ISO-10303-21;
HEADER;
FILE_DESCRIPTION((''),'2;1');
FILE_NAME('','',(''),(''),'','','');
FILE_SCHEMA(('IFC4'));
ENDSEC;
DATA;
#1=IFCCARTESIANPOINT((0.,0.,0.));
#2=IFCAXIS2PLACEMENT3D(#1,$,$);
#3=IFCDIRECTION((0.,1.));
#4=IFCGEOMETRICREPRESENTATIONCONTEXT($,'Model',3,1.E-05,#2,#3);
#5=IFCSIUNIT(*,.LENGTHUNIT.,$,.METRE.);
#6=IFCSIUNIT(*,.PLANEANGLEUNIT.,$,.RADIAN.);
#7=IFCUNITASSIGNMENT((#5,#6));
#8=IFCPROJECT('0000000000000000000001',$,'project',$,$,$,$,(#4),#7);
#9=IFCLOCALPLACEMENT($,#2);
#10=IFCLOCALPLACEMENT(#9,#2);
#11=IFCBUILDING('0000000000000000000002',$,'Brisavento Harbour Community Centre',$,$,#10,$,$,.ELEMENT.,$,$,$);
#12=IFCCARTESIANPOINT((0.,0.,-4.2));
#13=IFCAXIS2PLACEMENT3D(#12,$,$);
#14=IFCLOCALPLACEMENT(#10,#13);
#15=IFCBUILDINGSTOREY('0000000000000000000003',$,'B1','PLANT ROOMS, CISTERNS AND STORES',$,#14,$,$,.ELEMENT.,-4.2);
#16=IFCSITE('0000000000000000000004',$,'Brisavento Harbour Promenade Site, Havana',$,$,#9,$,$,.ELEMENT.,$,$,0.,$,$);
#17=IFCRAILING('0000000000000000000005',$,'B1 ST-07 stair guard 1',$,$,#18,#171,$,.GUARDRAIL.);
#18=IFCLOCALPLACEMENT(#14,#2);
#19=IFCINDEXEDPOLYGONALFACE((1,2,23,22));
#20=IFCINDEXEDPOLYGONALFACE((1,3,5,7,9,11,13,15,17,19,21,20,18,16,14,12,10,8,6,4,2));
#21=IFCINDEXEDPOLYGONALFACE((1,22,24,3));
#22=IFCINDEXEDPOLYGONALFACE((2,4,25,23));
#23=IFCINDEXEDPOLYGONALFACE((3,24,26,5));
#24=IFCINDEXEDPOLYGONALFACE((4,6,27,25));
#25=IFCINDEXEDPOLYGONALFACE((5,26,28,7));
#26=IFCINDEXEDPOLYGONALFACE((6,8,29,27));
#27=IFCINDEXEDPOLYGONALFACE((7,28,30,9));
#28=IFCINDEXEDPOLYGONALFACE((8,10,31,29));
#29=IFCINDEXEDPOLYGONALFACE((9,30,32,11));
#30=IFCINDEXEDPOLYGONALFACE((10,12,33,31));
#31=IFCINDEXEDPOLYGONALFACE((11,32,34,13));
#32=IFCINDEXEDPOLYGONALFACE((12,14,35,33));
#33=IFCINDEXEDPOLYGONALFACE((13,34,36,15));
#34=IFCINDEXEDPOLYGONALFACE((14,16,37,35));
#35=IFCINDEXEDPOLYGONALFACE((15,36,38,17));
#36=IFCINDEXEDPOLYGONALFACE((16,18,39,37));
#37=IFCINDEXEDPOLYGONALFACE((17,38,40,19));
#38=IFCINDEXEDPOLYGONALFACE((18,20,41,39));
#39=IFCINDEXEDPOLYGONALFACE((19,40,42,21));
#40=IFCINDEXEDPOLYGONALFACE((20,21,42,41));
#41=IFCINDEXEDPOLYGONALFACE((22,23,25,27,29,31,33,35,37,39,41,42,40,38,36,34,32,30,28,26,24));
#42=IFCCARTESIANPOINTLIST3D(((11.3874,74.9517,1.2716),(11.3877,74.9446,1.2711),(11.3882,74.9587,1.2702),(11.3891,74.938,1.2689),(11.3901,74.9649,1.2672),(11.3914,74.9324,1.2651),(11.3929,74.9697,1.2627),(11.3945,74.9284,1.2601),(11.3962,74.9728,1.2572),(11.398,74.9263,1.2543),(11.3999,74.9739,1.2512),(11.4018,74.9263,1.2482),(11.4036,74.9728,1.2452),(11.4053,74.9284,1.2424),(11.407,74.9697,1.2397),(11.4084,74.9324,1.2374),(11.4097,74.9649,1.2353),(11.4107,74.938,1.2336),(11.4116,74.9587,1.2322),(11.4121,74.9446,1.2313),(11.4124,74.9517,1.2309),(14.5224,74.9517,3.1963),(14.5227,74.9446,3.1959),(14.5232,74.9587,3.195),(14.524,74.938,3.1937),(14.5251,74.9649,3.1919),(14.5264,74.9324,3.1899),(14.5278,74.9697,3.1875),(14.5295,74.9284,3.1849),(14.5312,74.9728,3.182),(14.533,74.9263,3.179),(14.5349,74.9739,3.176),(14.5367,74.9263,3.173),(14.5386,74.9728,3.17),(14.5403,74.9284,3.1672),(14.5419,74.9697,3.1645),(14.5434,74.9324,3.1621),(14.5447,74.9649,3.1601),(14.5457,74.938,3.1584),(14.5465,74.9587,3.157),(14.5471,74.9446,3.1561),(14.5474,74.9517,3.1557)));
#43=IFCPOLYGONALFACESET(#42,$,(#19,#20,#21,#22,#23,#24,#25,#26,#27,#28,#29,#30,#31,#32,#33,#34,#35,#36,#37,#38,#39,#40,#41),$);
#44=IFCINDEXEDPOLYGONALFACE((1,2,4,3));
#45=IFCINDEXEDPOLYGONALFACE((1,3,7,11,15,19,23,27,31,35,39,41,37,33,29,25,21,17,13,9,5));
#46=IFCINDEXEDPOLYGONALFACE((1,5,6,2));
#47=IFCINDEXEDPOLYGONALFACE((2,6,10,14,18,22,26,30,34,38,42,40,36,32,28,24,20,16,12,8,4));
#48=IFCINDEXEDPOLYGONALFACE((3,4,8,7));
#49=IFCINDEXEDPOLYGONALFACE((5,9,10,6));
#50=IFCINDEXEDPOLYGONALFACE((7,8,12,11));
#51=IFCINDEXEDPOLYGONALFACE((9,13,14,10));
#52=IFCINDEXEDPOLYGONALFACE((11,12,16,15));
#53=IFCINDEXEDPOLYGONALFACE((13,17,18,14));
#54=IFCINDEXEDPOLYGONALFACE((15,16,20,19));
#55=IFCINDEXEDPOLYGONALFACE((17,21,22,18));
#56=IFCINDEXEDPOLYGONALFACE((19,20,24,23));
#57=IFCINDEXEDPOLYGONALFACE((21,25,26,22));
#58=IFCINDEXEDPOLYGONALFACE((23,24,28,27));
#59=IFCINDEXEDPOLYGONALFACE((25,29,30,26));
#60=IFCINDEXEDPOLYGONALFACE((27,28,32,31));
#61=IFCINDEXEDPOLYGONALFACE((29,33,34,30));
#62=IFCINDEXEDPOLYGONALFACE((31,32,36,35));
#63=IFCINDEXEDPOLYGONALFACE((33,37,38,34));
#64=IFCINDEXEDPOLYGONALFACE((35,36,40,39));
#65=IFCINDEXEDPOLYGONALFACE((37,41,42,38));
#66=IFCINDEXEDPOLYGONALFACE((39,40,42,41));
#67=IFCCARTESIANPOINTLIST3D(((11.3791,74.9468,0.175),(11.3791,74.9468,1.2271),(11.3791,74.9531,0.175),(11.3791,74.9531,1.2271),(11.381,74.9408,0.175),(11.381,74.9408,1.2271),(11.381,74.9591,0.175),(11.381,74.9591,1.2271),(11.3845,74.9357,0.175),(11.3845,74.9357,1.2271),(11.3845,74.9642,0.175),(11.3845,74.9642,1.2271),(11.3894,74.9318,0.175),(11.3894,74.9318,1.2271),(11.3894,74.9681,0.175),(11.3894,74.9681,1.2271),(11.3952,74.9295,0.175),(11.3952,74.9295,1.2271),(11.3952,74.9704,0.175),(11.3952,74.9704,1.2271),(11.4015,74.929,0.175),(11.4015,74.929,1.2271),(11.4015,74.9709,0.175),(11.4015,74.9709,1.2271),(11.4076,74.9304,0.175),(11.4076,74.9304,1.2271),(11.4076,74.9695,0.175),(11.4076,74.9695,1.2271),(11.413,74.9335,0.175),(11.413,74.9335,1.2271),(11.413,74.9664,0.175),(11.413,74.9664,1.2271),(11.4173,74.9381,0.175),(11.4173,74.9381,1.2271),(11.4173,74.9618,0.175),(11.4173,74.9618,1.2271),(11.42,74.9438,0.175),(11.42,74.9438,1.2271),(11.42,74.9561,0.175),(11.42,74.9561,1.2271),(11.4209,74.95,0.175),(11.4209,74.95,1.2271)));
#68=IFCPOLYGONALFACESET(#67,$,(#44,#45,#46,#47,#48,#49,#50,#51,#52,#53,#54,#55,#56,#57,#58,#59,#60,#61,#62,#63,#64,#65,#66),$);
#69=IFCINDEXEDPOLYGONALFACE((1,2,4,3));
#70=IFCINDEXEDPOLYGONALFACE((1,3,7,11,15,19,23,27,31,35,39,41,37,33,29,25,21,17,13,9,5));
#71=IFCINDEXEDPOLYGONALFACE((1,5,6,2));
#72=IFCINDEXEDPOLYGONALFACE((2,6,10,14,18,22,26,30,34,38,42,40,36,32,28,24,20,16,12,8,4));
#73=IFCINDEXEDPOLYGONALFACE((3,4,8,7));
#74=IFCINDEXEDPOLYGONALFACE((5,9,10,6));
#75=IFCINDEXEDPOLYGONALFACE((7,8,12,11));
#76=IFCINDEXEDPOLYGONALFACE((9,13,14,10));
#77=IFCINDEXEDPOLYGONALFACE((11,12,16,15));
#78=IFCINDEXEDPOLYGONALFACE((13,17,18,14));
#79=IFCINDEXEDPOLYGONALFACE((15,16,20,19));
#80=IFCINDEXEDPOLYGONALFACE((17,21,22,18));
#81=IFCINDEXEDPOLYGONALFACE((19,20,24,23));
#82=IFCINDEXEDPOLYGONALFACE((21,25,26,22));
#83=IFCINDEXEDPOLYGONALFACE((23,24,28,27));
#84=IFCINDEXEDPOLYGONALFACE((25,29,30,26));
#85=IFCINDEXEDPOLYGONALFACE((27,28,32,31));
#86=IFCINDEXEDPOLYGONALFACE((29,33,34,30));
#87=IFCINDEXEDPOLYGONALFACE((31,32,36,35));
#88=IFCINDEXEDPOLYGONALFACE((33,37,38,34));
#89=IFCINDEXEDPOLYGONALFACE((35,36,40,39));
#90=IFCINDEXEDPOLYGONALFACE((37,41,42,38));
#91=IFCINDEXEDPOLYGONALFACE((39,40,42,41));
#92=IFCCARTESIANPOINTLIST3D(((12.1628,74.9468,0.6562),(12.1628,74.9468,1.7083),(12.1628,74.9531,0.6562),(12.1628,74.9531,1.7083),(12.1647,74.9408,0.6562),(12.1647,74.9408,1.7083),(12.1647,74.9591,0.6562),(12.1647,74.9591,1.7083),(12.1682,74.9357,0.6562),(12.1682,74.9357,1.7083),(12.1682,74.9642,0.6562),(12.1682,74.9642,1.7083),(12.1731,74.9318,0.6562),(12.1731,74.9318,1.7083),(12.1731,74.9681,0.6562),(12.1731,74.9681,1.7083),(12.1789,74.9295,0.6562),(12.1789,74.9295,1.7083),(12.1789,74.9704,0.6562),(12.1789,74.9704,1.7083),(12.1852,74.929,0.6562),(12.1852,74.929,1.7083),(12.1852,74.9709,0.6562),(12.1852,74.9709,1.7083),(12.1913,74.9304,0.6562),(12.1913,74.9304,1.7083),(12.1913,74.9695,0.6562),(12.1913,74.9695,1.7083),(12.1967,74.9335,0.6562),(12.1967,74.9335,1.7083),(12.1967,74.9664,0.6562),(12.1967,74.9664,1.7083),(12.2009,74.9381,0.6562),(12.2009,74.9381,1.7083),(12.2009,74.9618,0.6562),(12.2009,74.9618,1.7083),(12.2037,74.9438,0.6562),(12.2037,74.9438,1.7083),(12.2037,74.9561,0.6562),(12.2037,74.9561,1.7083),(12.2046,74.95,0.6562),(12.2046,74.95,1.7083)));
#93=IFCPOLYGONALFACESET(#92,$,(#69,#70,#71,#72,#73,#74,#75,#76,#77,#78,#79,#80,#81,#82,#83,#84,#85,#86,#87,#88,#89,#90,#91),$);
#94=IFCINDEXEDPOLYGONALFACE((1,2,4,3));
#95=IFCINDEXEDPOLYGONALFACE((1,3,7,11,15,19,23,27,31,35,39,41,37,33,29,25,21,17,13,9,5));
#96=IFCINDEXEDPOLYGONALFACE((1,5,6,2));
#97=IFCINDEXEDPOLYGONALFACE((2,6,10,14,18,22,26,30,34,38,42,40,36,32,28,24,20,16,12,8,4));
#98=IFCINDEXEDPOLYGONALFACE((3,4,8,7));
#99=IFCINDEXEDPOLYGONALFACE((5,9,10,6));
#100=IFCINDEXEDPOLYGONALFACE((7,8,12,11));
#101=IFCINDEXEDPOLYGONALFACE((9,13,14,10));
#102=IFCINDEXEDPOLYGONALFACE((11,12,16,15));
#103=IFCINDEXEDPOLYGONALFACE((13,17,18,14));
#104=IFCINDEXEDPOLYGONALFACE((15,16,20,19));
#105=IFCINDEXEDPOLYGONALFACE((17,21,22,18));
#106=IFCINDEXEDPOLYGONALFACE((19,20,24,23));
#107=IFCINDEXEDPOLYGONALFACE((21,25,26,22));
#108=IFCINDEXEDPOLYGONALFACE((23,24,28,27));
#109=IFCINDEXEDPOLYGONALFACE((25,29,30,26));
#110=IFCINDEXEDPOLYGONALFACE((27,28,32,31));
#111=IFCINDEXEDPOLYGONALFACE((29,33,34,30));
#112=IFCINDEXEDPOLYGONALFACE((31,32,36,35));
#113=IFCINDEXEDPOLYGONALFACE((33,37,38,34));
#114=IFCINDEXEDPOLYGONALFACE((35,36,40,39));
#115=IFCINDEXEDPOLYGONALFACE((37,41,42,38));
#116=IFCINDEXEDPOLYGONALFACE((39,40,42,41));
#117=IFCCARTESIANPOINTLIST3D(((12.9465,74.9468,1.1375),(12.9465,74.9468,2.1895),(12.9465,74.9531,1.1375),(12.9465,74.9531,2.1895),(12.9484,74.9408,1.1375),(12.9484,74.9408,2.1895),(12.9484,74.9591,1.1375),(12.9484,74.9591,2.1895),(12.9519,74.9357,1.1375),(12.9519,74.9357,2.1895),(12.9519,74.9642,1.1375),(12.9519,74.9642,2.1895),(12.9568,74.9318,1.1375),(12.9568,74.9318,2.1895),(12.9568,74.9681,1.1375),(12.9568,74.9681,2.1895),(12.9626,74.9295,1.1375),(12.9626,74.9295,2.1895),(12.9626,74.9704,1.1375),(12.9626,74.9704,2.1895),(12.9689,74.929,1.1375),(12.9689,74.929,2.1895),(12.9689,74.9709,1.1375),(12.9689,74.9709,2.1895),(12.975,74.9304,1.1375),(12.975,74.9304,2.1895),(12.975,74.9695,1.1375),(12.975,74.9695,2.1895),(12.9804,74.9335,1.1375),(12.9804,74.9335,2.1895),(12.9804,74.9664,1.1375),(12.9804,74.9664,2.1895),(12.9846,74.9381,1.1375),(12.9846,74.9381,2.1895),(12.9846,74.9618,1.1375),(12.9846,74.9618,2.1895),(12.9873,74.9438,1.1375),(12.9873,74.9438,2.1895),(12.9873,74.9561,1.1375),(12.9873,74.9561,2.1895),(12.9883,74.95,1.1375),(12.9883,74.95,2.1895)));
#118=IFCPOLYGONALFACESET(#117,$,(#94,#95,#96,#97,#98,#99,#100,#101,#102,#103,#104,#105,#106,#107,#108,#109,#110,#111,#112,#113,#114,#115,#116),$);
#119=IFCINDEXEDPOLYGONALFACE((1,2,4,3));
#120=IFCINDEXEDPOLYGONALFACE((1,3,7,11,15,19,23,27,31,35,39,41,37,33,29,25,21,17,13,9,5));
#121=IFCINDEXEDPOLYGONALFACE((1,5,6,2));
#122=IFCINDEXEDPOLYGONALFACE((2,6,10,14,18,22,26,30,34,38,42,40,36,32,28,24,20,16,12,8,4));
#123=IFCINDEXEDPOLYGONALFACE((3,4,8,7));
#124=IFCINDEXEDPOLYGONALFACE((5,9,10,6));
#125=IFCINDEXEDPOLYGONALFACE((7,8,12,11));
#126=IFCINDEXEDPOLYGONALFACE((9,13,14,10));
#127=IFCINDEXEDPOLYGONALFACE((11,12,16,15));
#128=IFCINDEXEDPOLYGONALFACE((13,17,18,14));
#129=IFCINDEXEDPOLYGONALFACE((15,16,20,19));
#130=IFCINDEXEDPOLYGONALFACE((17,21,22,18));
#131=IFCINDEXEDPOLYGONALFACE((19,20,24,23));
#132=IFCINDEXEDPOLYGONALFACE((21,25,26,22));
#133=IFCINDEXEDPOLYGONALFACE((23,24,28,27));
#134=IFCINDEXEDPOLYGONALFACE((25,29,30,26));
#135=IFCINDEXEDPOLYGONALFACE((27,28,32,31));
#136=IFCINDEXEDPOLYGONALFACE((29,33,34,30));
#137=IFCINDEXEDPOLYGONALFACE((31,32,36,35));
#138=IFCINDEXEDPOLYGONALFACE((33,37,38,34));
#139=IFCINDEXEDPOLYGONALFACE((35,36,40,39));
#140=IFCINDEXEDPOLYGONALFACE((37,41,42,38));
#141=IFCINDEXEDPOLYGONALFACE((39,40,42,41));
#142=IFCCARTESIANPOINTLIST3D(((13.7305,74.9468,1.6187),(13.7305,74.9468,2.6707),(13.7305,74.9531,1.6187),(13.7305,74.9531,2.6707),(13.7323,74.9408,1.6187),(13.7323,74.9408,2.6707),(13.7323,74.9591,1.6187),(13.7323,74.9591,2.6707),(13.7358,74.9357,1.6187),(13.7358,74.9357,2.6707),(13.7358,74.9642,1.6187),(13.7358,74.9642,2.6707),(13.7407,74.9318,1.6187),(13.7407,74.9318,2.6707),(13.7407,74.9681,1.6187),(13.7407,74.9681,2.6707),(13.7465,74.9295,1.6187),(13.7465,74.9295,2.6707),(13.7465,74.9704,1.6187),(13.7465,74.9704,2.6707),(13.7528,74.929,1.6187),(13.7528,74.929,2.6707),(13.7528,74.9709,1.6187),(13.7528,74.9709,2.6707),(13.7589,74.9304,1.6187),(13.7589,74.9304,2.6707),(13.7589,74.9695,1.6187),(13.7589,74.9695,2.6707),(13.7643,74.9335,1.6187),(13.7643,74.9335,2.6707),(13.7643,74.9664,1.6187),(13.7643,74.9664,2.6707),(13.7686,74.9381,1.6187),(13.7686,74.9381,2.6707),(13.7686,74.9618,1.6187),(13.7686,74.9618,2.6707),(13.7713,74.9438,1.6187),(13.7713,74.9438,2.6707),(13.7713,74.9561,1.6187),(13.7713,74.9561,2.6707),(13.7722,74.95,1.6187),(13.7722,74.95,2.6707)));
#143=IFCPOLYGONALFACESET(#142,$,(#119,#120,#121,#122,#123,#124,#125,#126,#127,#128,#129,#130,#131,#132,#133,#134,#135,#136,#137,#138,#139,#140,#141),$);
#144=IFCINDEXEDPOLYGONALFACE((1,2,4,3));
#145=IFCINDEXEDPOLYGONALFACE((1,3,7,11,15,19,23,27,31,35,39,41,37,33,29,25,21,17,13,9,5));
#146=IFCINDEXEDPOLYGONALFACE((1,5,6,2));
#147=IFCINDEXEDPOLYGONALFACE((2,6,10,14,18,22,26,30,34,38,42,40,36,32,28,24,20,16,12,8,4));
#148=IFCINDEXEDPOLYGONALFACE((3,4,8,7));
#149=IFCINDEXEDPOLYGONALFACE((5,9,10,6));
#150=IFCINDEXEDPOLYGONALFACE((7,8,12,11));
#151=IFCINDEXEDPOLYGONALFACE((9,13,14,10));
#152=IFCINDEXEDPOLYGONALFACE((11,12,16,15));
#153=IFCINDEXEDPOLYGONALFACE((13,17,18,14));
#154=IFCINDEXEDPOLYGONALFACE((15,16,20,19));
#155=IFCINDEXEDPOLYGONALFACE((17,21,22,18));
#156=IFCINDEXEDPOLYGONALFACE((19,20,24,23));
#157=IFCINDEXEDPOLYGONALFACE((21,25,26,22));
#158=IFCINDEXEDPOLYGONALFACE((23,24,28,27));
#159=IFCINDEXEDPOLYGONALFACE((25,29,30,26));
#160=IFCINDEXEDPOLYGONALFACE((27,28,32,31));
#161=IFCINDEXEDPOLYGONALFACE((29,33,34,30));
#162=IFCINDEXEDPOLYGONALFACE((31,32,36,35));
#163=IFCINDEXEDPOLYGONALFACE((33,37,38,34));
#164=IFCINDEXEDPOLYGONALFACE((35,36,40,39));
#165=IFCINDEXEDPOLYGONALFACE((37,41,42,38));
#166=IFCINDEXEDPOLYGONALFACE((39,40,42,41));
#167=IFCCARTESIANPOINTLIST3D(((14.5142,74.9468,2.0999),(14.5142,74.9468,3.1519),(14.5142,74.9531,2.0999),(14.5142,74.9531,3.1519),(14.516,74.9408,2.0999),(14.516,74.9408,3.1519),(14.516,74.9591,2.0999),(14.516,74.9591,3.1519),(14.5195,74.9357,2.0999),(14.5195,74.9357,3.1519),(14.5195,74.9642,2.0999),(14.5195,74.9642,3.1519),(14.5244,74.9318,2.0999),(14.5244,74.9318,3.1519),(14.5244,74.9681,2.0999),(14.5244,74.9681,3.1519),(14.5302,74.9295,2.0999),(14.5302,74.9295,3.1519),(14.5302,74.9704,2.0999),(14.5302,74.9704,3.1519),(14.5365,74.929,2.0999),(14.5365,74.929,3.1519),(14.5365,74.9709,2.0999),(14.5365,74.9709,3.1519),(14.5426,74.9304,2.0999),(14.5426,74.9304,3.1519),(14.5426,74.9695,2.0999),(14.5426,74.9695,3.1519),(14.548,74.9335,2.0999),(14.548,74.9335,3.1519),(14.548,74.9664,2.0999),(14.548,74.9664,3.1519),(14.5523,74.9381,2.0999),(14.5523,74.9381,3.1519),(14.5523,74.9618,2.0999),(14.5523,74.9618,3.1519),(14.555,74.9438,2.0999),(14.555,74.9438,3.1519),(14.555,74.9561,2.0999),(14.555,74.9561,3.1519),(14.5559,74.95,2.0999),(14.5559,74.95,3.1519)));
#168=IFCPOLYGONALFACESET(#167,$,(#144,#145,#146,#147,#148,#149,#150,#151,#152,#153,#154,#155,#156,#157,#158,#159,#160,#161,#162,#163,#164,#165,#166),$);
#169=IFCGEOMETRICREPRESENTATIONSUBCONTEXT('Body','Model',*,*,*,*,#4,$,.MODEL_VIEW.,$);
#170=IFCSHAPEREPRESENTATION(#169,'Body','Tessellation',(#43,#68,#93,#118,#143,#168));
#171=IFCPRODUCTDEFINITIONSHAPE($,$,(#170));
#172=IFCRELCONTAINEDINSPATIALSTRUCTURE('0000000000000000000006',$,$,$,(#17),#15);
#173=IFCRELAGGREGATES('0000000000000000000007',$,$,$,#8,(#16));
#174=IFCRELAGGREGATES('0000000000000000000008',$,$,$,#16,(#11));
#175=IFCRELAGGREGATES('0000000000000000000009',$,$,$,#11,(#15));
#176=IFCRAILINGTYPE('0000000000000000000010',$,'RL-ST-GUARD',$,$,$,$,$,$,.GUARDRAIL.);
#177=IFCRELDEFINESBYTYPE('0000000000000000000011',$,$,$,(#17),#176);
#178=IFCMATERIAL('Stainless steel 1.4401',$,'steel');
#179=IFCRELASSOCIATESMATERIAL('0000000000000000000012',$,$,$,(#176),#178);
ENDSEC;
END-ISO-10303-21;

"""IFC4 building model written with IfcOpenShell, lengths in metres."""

from ifc_helpers import new_model, si_unit, direction, frame, origin, origin_2d, place, context, subcontext, project, spatial, circle, extrude, material, type_object, element, save


model = new_model("IFC4")

# Units and contexts
model_context = context("Model", 3, precision=1e-05, world=origin(), true_north=direction((0.0, 1.0)))
body_context = subcontext(model_context, "Body", "Model", "MODEL_VIEW")
ifc_project = project(units=[si_unit("LENGTHUNIT", "METRE"), si_unit("PLANEANGLEUNIT", "RADIAN")], contexts=[model_context])

# Site, building, storey
site_placement = place(None, origin())
site = spatial("IfcSite", under=ifc_project, at=site_placement, Name="Brisavento Harbour Promenade Site, Havana", CompositionType="ELEMENT", RefElevation=0.0)
building_placement = place(site_placement, origin())
building = spatial("IfcBuilding", under=site, at=building_placement, Name="Brisavento Harbour Community Centre", CompositionType="ELEMENT")
storey_placement = place(building_placement, frame((0.0, 0.0, -4.2)))
storey = spatial("IfcBuildingStorey", under=building, at=storey_placement, Name="B1", Description="PLANT ROOMS, CISTERNS AND STORES", CompositionType="ELEMENT", Elevation=-4.2)

# Railing
ifc_material_1 = material(Name="Stainless steel 1.4401", Category="steel")
railing_type_1 = type_object("IfcRailingType", Name="RL-ST-GUARD", PredefinedType="GUARDRAIL", material=ifc_material_1)
railing_1_placement = place(storey_placement, frame((11.3999, 74.95, 0.175)))
element("IfcRailing", 1, at=railing_1_placement, inside=storey, type_object=railing_type_1, Name="B1 ST-07 stair guard 1", PredefinedType="GUARDRAIL", context=body_context, shape_type="SweptSolid", body=[
    extrude(circle(Radius=0.0239, at=origin_2d()), frame((0.0, 0.0, 1.0762), z_axis=(0.852196, 0.0, 0.523223), x_axis=(0.0, 1.0, 0.0)), (0.0, 0.0, 1.0), 3.6787),
    extrude(circle(Radius=0.021, at=origin_2d()), origin(), (0.0, 0.0, 1.0), 1.052),
    extrude(circle(Radius=0.021, at=origin_2d()), frame((0.7837, 0.0, 0.4812)), (0.0, 0.0, 1.0), 1.052),
    extrude(circle(Radius=0.021, at=origin_2d()), frame((1.5674, 0.0, 0.9624)), (0.0, 0.0, 1.0), 1.052),
    extrude(circle(Radius=0.021, at=origin_2d()), frame((2.3513, 0.0, 1.4436)), (0.0, 0.0, 1.0), 1.052),
    extrude(circle(Radius=0.021, at=origin_2d()), frame((3.135, 0.0, 1.9248)), (0.0, 0.0, 1.0), 1.052),
])

save(model, "model.ifc")
